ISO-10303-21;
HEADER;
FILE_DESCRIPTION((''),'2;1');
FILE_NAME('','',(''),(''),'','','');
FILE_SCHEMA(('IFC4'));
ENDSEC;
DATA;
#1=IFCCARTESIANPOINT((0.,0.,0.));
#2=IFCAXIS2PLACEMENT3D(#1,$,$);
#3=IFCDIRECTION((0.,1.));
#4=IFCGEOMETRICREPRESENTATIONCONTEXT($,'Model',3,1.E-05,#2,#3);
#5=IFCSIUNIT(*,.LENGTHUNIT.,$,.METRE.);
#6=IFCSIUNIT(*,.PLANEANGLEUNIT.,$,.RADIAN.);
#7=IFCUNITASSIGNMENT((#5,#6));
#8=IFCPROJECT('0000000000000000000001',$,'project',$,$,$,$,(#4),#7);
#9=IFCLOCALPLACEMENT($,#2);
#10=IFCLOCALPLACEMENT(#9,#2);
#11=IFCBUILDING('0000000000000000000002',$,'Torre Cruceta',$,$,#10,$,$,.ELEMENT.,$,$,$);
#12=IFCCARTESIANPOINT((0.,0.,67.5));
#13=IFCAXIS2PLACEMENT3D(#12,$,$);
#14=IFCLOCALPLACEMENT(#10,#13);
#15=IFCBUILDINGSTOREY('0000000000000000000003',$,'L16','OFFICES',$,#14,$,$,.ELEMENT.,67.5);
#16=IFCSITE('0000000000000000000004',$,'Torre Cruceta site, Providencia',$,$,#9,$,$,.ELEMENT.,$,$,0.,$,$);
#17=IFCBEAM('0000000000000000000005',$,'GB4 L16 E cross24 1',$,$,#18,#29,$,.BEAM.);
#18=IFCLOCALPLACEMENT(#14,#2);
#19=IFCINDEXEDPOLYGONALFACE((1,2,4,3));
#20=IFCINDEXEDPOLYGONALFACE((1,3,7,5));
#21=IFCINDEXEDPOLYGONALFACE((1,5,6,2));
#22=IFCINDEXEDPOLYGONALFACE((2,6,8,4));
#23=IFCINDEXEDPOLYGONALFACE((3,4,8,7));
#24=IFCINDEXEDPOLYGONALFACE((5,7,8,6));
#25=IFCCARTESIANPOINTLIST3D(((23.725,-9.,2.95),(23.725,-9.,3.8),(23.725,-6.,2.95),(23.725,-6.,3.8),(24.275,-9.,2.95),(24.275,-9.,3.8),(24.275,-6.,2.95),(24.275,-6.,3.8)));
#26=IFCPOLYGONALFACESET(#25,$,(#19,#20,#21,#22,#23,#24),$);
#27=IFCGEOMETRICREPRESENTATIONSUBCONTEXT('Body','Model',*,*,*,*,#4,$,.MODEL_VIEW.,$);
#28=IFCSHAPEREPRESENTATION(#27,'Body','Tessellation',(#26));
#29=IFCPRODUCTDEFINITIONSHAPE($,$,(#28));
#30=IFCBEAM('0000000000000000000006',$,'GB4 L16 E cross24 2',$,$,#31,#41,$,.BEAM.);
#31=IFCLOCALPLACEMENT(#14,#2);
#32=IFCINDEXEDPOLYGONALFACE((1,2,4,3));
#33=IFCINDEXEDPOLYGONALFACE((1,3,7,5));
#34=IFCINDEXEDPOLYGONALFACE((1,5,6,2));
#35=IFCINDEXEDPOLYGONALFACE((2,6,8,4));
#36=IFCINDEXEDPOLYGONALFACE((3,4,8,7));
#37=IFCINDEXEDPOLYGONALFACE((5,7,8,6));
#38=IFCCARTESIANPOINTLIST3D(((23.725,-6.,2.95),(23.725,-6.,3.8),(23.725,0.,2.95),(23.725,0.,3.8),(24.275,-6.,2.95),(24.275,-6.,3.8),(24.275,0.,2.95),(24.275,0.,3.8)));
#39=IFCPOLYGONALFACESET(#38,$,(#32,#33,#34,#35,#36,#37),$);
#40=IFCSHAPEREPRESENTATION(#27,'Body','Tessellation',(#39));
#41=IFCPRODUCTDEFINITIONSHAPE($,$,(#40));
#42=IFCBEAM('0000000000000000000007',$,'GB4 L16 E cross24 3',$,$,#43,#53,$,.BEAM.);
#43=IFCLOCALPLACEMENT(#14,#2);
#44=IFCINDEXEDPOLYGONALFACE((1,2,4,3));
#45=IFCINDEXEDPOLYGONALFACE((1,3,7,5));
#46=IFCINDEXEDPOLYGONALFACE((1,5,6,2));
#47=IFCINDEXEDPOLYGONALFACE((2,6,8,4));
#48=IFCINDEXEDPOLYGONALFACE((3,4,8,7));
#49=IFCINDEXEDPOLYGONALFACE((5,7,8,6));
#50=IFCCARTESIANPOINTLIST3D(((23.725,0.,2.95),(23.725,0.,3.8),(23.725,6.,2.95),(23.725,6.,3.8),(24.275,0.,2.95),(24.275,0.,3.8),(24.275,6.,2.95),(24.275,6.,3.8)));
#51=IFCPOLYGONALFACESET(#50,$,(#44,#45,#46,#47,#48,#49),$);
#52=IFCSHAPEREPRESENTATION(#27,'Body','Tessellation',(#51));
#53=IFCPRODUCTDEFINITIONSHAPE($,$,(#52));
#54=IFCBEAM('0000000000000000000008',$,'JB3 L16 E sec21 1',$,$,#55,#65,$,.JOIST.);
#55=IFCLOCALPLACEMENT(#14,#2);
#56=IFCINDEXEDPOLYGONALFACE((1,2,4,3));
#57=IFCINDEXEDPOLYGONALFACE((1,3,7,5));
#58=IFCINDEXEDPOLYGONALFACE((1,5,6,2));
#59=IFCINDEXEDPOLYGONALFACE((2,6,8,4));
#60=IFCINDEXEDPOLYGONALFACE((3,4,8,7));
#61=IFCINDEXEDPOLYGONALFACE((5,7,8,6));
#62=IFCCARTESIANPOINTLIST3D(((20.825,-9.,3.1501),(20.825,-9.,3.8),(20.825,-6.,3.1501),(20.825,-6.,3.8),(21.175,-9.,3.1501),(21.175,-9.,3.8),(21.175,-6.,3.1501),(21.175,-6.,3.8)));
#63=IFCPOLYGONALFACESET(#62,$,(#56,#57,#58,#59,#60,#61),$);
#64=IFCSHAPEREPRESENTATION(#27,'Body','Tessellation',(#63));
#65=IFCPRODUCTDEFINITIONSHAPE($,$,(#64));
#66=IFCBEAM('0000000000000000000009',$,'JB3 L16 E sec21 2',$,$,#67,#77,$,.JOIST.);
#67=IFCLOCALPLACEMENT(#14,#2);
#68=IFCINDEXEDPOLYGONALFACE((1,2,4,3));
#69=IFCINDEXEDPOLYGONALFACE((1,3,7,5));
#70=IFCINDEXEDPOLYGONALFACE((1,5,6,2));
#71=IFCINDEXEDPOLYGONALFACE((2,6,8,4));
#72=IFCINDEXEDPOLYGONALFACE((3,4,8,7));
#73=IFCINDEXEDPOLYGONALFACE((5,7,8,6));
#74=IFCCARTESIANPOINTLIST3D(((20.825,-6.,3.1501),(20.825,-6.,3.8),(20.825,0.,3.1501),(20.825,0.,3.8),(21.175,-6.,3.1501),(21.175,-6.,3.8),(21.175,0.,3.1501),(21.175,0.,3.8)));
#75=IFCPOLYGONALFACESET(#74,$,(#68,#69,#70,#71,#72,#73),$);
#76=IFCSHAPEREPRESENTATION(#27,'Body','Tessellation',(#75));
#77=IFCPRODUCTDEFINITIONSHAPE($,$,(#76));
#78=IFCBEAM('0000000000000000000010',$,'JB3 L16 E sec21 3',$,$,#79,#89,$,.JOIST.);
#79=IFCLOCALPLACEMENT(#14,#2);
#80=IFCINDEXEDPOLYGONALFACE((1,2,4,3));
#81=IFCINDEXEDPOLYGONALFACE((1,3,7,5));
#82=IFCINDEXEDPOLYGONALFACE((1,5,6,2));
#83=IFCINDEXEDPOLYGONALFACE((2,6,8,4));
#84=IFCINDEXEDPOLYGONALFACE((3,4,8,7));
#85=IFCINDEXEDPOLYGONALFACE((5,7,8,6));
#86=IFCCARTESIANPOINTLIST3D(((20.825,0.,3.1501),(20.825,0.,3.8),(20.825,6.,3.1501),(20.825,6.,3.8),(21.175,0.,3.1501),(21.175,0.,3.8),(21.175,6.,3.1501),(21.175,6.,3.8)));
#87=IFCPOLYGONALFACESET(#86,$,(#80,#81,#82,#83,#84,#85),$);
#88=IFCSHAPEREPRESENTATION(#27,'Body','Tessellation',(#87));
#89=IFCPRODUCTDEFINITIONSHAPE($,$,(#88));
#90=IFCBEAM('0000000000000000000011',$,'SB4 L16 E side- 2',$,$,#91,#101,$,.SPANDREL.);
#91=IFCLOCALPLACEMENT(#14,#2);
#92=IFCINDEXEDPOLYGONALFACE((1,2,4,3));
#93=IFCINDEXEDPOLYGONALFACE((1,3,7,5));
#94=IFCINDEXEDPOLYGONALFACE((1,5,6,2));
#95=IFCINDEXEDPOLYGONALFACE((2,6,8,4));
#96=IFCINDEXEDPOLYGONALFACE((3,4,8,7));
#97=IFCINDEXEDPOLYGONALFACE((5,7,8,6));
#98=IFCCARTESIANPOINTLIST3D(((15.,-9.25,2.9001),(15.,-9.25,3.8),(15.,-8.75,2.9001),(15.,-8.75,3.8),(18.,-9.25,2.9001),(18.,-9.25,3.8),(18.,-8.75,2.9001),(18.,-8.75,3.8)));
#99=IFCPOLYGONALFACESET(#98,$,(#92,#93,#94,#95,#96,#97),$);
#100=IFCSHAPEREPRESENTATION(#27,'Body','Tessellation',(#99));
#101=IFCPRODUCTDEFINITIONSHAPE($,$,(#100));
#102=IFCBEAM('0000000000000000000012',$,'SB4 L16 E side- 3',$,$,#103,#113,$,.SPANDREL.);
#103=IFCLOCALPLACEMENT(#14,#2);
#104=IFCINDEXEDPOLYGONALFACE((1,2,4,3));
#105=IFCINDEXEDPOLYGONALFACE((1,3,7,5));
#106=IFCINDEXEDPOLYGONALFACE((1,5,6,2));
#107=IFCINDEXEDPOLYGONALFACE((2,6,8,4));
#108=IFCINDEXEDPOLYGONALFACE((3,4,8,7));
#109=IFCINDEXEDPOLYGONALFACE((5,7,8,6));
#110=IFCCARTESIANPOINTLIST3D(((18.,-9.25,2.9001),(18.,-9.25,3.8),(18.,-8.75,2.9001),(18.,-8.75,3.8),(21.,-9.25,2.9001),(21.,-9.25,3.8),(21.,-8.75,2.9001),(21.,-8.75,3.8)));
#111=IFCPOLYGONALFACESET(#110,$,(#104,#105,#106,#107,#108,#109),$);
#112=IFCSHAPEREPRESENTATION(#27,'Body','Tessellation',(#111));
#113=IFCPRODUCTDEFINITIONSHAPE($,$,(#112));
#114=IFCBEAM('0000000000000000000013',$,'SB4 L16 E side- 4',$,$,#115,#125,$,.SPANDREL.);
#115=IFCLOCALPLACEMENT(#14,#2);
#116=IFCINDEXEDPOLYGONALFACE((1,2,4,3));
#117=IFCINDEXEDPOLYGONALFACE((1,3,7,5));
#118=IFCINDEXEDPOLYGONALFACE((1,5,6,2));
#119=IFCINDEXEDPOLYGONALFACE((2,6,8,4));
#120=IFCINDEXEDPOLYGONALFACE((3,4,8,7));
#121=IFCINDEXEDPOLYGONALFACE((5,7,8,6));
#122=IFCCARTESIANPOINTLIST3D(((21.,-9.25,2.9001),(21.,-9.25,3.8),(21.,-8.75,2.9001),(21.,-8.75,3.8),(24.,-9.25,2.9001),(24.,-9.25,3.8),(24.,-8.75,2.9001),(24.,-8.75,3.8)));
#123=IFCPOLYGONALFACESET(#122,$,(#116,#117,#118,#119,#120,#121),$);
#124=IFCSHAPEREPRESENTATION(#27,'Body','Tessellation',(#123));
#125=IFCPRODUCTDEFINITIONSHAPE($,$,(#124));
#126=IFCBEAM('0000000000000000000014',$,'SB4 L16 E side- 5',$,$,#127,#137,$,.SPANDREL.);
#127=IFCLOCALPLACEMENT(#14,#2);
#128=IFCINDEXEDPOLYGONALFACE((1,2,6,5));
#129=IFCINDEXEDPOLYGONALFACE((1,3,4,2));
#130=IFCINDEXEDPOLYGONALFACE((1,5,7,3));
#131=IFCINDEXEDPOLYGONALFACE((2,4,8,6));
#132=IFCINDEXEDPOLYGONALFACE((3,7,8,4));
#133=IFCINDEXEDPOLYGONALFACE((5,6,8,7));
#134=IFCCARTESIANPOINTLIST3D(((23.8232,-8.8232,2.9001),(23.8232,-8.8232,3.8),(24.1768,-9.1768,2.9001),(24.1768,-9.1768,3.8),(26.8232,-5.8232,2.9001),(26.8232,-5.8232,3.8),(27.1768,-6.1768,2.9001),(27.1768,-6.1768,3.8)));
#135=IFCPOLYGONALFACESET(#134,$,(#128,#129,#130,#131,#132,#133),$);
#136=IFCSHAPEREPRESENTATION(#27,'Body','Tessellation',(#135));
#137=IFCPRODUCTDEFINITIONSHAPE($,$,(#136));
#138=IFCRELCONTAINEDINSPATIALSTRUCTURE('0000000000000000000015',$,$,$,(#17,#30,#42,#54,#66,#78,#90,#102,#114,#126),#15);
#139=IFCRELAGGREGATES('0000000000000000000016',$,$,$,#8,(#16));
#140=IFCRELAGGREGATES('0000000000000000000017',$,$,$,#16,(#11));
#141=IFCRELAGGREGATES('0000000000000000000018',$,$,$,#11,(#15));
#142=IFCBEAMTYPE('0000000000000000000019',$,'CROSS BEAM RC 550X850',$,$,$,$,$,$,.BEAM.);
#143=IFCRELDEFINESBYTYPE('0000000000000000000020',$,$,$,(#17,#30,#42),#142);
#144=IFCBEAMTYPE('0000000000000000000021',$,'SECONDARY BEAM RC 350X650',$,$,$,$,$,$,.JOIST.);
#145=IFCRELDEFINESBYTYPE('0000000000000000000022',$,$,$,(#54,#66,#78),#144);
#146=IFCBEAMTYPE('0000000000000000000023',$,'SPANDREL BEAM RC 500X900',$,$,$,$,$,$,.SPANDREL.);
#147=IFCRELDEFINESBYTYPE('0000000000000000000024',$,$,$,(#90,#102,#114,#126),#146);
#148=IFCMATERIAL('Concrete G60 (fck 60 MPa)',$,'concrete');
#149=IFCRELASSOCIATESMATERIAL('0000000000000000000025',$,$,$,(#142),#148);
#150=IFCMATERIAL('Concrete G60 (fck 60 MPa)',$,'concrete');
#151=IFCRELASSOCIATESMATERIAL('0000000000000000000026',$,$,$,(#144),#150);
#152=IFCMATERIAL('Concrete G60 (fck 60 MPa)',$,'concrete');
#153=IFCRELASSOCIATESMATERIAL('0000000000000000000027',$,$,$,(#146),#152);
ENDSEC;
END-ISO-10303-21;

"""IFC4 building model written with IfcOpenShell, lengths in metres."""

from ifc_helpers import new_model, si_unit, direction, frame, origin, origin_2d, place, context, subcontext, project, spatial, rectangle, extrude, material, material_profile, profile_set, type_object, element, save


model = new_model("IFC4")

# Units and contexts
model_context = context("Model", 3, precision=1e-05, world=origin(), true_north=direction((0.0, 1.0)))
body_context = subcontext(model_context, "Body", "Model", "MODEL_VIEW")
ifc_project = project(units=[si_unit("LENGTHUNIT", "METRE"), si_unit("PLANEANGLEUNIT", "RADIAN")], contexts=[model_context])

# Site, building, storey
site_placement = place(None, origin())
site = spatial("IfcSite", under=ifc_project, at=site_placement, Name="Torre Cruceta site, Providencia", CompositionType="ELEMENT", RefElevation=0.0)
building_placement = place(site_placement, origin())
building = spatial("IfcBuilding", under=site, at=building_placement, Name="Torre Cruceta", CompositionType="ELEMENT")
storey_placement = place(building_placement, frame((0.0, 0.0, 67.5)))
storey = spatial("IfcBuildingStorey", under=building, at=storey_placement, Name="L16", Description="OFFICES", CompositionType="ELEMENT", Elevation=67.5)

# Beams
ifc_material_1 = material(Name="Concrete G60 (fck 60 MPa)", Category="concrete")
ifc_material_profile_1 = material_profile(ifc_material_1, rectangle(XDim=0.55, YDim=0.8501, at=origin_2d()), Name="RC 550X850")
ifc_profile_set_1 = profile_set([ifc_material_profile_1], Name="Concrete G60 (fck 60 MPa)")
beam_type_1 = type_object("IfcBeamType", Name="CROSS BEAM RC 550X850", PredefinedType="BEAM", material=ifc_profile_set_1)
beam_1_placement = place(storey_placement, frame((24.0, -9.0, 3.375), z_axis=(0.0, 1.0, 0.0), x_axis=(-1.0, 0.0, 0.0)))
element("IfcBeam", 1, at=beam_1_placement, inside=storey, type_object=beam_type_1, Name="GB4 L16 E cross24 1", PredefinedType="BEAM", context=body_context, shape_type="SweptSolid", body=[
    extrude(rectangle(XDim=0.55, YDim=0.8501, at=origin_2d()), origin(), (0.0, 0.0, 1.0), 3.0),
])
for number, where, z_axis, x_axis, name in (
    (2, (24.0, -6.0, 3.375), (0.0, 1.0, 0.0), (-1.0, 0.0, 0.0), "GB4 L16 E cross24 2"),
    (3, (24.0, 0.0, 3.375), (0.0, 1.0, 0.0), (-1.0, 0.0, 0.0), "GB4 L16 E cross24 3"),
):
    element("IfcBeam", number, at=place(storey_placement, frame(where, z_axis=z_axis, x_axis=x_axis)), inside=storey, type_object=beam_type_1, Name=name, PredefinedType="BEAM", context=body_context, shape_type="SweptSolid", body=[
        extrude(rectangle(XDim=0.55, YDim=0.8501, at=origin_2d()), origin(), (0.0, 0.0, 1.0), 6.0),
    ])
ifc_material_2 = material(Name="Concrete G60 (fck 60 MPa)", Category="concrete")
ifc_material_profile_2 = material_profile(ifc_material_2, rectangle(XDim=0.3501, YDim=0.6499, at=origin_2d()), Name="RC 350X650")
ifc_profile_set_2 = profile_set([ifc_material_profile_2], Name="Concrete G60 (fck 60 MPa)")
beam_type_2 = type_object("IfcBeamType", Name="SECONDARY BEAM RC 350X650", PredefinedType="JOIST", material=ifc_profile_set_2)
beam_2_placement = place(storey_placement, frame((21.0, -9.0, 3.4751), z_axis=(0.0, 1.0, 0.0), x_axis=(-1.0, 0.0, 0.0)))
element("IfcBeam", 4, at=beam_2_placement, inside=storey, type_object=beam_type_2, Name="JB3 L16 E sec21 1", PredefinedType="JOIST", context=body_context, shape_type="SweptSolid", body=[
    extrude(rectangle(XDim=0.3501, YDim=0.6499, at=origin_2d()), origin(), (0.0, 0.0, 1.0), 3.0),
])
for number, where, z_axis, x_axis, name in (
    (5, (21.0, -6.0, 3.4751), (0.0, 1.0, 0.0), (-1.0, 0.0, 0.0), "JB3 L16 E sec21 2"),
    (6, (21.0, 0.0, 3.4751), (0.0, 1.0, 0.0), (-1.0, 0.0, 0.0), "JB3 L16 E sec21 3"),
):
    element("IfcBeam", number, at=place(storey_placement, frame(where, z_axis=z_axis, x_axis=x_axis)), inside=storey, type_object=beam_type_2, Name=name, PredefinedType="JOIST", context=body_context, shape_type="SweptSolid", body=[
        extrude(rectangle(XDim=0.3501, YDim=0.6499, at=origin_2d()), origin(), (0.0, 0.0, 1.0), 6.0),
    ])
ifc_material_3 = material(Name="Concrete G60 (fck 60 MPa)", Category="concrete")
ifc_material_profile_3 = material_profile(ifc_material_3, rectangle(XDim=0.5, YDim=0.8999, at=origin_2d()), Name="RC 500X900")
ifc_profile_set_3 = profile_set([ifc_material_profile_3], Name="Concrete G60 (fck 60 MPa)")
beam_type_3 = type_object("IfcBeamType", Name="SPANDREL BEAM RC 500X900", PredefinedType="SPANDREL", material=ifc_profile_set_3)
for number, where, z_axis, x_axis, name in (
    (7, (15.0, -9.0, 3.3501), (1.0, 0.0, 0.0), (0.0, 1.0, 0.0), "SB4 L16 E side- 2"),
    (8, (18.0, -9.0, 3.3501), (1.0, 0.0, 0.0), (0.0, 1.0, 0.0), "SB4 L16 E side- 3"),
    (9, (21.0, -9.0, 3.3501), (1.0, 0.0, 0.0), (0.0, 1.0, 0.0), "SB4 L16 E side- 4"),
):
    element("IfcBeam", number, at=place(storey_placement, frame(where, z_axis=z_axis, x_axis=x_axis)), inside=storey, type_object=beam_type_3, Name=name, PredefinedType="SPANDREL", context=body_context, shape_type="SweptSolid", body=[
        extrude(rectangle(XDim=0.5, YDim=0.8999, at=origin_2d()), origin(), (0.0, 0.0, 1.0), 3.0),
    ])
beam_3_placement = place(storey_placement, frame((24.0, -9.0, 3.3501), z_axis=(0.707107, 0.707107, 0.0), x_axis=(-0.707107, 0.707107, 0.0)))
element("IfcBeam", 10, at=beam_3_placement, inside=storey, type_object=beam_type_3, Name="SB4 L16 E side- 5", PredefinedType="SPANDREL", context=body_context, shape_type="SweptSolid", body=[
    extrude(rectangle(XDim=0.5, YDim=0.8999, at=origin_2d()), origin(), (0.0, 0.0, 1.0), 4.2427),
])

save(model, "model.ifc")
